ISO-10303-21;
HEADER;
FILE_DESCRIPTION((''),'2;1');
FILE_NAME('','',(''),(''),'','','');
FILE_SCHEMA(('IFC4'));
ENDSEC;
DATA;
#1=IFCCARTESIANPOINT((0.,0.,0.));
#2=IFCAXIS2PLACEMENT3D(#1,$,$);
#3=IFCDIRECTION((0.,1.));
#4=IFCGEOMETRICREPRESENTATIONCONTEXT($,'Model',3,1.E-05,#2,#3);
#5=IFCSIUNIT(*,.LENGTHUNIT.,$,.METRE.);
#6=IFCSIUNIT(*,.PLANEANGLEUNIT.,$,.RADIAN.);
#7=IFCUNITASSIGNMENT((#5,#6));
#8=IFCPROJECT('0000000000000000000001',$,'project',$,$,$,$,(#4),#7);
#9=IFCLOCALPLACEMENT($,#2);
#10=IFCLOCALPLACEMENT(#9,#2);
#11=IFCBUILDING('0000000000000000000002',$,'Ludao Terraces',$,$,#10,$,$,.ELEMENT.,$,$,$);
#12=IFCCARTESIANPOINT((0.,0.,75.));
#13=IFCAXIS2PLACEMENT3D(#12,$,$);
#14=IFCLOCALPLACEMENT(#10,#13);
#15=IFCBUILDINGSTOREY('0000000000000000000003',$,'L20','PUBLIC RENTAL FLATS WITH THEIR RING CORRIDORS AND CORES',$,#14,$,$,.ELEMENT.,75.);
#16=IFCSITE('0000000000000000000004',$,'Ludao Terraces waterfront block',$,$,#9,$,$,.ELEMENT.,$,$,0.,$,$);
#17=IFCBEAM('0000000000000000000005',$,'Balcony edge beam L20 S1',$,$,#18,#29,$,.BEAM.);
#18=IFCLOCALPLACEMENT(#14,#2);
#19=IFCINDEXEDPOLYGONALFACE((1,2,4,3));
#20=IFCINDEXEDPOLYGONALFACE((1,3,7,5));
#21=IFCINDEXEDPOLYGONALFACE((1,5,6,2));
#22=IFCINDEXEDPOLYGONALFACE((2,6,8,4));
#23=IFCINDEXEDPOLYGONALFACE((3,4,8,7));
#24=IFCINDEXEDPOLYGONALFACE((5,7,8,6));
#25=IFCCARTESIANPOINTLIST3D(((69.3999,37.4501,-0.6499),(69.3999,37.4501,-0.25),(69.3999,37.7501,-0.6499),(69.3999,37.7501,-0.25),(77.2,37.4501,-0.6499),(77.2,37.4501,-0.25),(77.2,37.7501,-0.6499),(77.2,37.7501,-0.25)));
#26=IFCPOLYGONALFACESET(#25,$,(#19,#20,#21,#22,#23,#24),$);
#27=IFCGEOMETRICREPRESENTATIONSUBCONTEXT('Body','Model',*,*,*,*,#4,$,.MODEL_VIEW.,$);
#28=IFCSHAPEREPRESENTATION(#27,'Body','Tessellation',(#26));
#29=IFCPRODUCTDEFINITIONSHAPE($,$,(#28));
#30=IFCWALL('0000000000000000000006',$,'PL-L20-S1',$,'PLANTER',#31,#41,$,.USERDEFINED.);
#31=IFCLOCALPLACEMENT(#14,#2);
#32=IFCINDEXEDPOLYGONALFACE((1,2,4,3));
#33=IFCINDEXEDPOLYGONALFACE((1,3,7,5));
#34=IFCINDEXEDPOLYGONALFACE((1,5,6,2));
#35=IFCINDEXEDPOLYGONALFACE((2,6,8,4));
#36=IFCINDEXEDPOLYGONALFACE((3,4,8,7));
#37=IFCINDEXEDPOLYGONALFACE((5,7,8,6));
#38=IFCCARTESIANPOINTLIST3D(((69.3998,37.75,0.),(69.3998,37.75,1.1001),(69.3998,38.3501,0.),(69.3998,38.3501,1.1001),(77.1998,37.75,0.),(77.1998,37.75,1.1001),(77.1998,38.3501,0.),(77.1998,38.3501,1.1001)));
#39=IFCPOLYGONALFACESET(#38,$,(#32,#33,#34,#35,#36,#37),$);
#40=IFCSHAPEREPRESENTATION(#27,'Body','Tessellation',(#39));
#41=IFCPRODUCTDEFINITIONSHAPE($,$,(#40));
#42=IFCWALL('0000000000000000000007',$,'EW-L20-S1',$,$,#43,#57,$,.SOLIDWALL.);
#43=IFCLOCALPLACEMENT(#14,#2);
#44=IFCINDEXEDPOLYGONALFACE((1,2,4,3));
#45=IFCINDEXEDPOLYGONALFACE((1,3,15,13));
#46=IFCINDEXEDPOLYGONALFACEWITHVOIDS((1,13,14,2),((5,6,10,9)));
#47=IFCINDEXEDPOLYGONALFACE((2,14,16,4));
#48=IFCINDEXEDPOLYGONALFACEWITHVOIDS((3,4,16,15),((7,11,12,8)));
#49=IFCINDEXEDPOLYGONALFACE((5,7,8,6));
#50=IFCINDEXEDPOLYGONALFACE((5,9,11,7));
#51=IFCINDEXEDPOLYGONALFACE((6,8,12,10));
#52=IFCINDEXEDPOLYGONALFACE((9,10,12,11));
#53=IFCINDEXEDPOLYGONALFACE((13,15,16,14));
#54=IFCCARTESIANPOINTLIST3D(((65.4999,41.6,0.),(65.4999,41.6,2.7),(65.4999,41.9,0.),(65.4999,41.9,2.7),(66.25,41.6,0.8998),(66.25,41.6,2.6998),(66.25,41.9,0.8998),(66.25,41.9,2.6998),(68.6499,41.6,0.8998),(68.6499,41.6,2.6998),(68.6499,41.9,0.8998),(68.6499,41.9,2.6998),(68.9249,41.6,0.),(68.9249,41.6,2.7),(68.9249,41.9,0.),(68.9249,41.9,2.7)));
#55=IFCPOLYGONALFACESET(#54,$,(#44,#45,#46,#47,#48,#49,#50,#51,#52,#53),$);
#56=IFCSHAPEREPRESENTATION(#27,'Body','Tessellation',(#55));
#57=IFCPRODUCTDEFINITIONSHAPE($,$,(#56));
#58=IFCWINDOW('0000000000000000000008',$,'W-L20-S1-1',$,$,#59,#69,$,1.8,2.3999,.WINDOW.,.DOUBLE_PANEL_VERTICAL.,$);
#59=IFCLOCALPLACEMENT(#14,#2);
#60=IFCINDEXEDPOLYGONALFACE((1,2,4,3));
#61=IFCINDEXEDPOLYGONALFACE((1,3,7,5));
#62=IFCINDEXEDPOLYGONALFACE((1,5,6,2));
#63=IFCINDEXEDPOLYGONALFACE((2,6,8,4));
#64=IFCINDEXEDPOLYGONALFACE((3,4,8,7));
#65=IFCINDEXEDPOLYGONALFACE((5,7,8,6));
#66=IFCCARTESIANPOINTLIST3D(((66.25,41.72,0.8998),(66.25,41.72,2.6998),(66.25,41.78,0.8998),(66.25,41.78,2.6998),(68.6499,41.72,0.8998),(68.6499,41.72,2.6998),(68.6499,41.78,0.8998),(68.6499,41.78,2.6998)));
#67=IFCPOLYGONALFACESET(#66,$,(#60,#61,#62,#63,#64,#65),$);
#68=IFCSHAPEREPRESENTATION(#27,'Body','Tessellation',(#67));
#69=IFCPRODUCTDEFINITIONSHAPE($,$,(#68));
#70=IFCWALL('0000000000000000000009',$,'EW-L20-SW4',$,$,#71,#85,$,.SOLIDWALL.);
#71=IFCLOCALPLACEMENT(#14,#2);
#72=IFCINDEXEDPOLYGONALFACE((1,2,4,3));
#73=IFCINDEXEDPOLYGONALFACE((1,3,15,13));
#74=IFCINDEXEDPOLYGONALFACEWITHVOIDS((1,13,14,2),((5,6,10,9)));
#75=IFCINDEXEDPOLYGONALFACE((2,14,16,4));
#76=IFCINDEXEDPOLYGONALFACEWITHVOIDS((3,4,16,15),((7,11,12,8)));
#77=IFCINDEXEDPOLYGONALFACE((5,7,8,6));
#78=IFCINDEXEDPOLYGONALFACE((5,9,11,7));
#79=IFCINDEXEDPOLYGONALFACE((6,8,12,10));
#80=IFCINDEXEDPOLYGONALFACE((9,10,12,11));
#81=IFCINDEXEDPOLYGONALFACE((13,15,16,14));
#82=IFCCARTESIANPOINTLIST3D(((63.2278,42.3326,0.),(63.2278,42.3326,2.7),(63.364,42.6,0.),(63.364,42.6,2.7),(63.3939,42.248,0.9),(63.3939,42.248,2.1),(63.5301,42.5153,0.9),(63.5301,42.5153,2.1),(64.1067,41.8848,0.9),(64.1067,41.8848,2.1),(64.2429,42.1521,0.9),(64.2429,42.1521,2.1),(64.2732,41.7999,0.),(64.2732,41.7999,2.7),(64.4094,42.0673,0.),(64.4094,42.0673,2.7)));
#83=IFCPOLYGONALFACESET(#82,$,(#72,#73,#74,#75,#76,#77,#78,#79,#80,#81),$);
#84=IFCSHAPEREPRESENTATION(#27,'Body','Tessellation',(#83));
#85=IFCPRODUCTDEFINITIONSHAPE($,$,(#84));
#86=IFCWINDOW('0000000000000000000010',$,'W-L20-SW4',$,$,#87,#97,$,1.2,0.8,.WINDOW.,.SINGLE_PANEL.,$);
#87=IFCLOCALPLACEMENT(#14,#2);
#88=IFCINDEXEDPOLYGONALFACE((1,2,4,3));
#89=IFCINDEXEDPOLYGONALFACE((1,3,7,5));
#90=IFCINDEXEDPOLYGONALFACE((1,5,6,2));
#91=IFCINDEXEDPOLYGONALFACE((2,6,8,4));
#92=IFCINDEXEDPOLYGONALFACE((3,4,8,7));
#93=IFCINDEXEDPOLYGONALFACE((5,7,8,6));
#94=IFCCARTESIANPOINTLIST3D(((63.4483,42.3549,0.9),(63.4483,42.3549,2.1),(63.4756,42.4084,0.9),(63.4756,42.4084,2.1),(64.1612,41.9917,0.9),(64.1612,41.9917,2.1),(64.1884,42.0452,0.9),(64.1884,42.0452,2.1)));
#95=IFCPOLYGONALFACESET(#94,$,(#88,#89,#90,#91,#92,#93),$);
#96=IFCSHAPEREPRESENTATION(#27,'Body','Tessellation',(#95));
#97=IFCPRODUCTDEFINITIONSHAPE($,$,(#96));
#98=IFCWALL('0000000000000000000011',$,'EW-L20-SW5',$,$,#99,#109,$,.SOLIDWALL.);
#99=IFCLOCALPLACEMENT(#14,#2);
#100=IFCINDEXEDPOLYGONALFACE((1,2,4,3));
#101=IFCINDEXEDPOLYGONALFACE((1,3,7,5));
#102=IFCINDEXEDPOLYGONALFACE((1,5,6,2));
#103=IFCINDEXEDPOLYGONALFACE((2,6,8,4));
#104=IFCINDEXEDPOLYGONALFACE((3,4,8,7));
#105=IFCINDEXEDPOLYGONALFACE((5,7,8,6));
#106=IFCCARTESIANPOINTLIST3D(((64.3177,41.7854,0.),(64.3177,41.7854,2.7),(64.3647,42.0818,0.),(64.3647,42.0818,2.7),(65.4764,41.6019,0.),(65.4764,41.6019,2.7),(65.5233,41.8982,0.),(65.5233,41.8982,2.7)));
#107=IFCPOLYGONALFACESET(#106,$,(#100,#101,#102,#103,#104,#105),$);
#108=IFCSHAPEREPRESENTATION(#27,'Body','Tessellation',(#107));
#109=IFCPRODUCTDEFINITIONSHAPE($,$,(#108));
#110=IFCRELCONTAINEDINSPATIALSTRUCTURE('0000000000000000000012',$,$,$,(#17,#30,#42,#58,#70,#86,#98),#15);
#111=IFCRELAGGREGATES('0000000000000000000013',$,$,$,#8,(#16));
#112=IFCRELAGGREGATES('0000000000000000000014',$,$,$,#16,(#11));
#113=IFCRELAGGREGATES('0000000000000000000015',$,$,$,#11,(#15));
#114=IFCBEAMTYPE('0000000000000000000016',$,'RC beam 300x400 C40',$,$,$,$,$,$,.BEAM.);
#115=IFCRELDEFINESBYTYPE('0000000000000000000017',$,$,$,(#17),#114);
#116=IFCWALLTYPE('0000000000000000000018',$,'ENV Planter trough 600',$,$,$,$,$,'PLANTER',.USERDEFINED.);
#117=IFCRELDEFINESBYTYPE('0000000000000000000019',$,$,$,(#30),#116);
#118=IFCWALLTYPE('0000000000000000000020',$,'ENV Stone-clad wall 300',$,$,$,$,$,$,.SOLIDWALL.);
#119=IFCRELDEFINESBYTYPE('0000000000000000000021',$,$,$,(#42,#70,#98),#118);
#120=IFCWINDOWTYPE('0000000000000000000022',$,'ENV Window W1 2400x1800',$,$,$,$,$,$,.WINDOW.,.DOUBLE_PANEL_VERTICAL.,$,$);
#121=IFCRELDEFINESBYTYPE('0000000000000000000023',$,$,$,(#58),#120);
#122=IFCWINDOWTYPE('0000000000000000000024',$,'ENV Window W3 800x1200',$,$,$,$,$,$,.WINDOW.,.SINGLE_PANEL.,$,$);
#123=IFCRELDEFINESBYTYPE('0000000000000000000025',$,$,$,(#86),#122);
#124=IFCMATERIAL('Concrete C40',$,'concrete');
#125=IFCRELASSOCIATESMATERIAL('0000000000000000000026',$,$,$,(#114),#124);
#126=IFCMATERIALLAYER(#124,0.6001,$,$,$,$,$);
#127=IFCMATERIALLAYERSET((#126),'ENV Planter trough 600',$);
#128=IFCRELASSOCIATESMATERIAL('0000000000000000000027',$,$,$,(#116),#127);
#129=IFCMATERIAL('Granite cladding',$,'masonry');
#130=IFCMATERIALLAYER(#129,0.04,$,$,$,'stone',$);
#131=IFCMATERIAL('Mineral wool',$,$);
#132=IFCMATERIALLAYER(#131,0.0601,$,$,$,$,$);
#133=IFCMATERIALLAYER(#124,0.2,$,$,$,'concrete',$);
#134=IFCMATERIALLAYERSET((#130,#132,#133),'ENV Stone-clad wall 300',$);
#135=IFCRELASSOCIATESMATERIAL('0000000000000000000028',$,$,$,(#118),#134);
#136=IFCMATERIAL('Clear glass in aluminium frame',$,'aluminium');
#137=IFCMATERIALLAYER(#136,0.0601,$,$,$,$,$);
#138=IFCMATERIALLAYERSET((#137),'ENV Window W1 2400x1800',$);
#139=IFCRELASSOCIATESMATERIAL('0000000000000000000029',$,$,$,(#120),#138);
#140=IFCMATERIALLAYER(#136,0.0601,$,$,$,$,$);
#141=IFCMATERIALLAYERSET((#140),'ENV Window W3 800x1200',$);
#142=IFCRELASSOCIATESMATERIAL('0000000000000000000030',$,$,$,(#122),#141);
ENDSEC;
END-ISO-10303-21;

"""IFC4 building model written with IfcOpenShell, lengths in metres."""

from ifc_helpers import new_model, si_unit, direction, frame, frame_2d, origin, origin_2d, place, context, subcontext, project, spatial, rectangle, extrude, material, layer, layer_set, material_profile, profile_set, type_object, element, fill, save


model = new_model("IFC4")

# Units and contexts
model_context = context("Model", 3, precision=1e-05, world=origin(), true_north=direction((0.0, 1.0)))
body_context = subcontext(model_context, "Body", "Model", "MODEL_VIEW")
ifc_project = project(units=[si_unit("LENGTHUNIT", "METRE"), si_unit("PLANEANGLEUNIT", "RADIAN")], contexts=[model_context])

# Site, building, storey
site_placement = place(None, origin())
site = spatial("IfcSite", under=ifc_project, at=site_placement, Name="Ludao Terraces waterfront block", CompositionType="ELEMENT", RefElevation=0.0)
building_placement = place(site_placement, origin())
building = spatial("IfcBuilding", under=site, at=building_placement, Name="Ludao Terraces", CompositionType="ELEMENT")
storey_placement = place(building_placement, frame((0.0, 0.0, 75.0)))
storey = spatial("IfcBuildingStorey", under=building, at=storey_placement, Name="L20", Description="PUBLIC RENTAL FLATS WITH THEIR RING CORRIDORS AND CORES", CompositionType="ELEMENT", Elevation=75.0)

# Beam
ifc_material_1 = material(Name="Concrete C40", Category="concrete")
ifc_material_profile = material_profile(ifc_material_1, rectangle(XDim=0.3, YDim=0.3999, at=origin_2d()), Name="300 X 400")
ifc_profile_set = profile_set([ifc_material_profile], Name="Concrete C40")
beam_type = type_object("IfcBeamType", Name="RC beam 300x400 C40", PredefinedType="BEAM", material=ifc_profile_set)
beam_placement = place(storey_placement, frame((69.3999, 37.6001, -0.45), z_axis=(1.0, 0.0, 0.0), x_axis=(0.0, 1.0, 0.0)))
element("IfcBeam", 1, at=beam_placement, inside=storey, type_object=beam_type, Name="Balcony edge beam L20 S1", PredefinedType="BEAM", context=body_context, shape_type="SweptSolid", body=[
    extrude(rectangle(XDim=0.3, YDim=0.3999, at=origin_2d()), origin(), (0.0, 0.0, 1.0), 7.8),
])

# Wall
ifc_layer_1 = layer(ifc_material_1, 0.6001)
ifc_layer_set_1 = layer_set([ifc_layer_1], Name="ENV Planter trough 600")
wall_type_1 = type_object("IfcWallType", Name="ENV Planter trough 600", ElementType="PLANTER", PredefinedType="USERDEFINED", material=ifc_layer_set_1)
wall_1_placement = place(storey_placement, frame((69.3999, 38.05, 0.0), z_axis=(0.0, 0.0, 1.0), x_axis=(1.0, 0.0, 0.0)))
element("IfcWall", 2, at=wall_1_placement, inside=storey, type_object=wall_type_1, Name="PL-L20-S1", ObjectType="PLANTER", PredefinedType="USERDEFINED", context=body_context, shape_type="SweptSolid", body=[
    extrude(rectangle(XDim=7.8, YDim=0.6001, at=frame_2d((3.8999, 0.0))), origin(), (0.0, 0.0, 1.0), 1.1001),
])

# Walls, openings, windows
ifc_material_2 = material(Name="Granite cladding", Category="masonry")
ifc_layer_2 = layer(ifc_material_2, 0.04, Category="stone")
ifc_material_3 = material(Name="Mineral wool")
ifc_layer_3 = layer(ifc_material_3, 0.0601)
ifc_layer_4 = layer(ifc_material_1, 0.2, Category="concrete")
ifc_layer_set_2 = layer_set([ifc_layer_2, ifc_layer_3, ifc_layer_4], Name="ENV Stone-clad wall 300")
wall_type_2 = type_object("IfcWallType", Name="ENV Stone-clad wall 300", PredefinedType="SOLIDWALL", material=ifc_layer_set_2)
wall_2_placement = place(storey_placement, frame((65.5, 41.75, 0.0), z_axis=(0.0, 0.0, 1.0), x_axis=(1.0, 0.0, 0.0)))
wall_2 = element("IfcWall", 3, at=wall_2_placement, inside=storey, type_object=wall_type_2, Name="EW-L20-S1", PredefinedType="SOLIDWALL", context=body_context, shape_type="SweptSolid", body=[
    extrude(rectangle(XDim=3.425, YDim=0.3, at=frame_2d((1.7124, 0.0))), origin(), (0.0, 0.0, 1.0), 2.7),
])
opening_1_placement = place(wall_2_placement, frame((0.75, 0.0, 0.8999)))
opening_1 = element("IfcOpeningElement", 4, at=opening_1_placement, cuts=wall_2, PredefinedType="OPENING", context=body_context, shape_type="SweptSolid", body=[
    extrude(rectangle(XDim=2.3999, YDim=1.8, at=frame_2d((1.2, 0.8999))), frame((0.0, 0.1602, 0.0), z_axis=(0.0, -1.0, 0.0), x_axis=(1.0, 0.0, 0.0)), (0.0, 0.0, 1.0), 0.3201),
])
ifc_material_4 = material(Name="Clear glass in aluminium frame", Category="aluminium")
ifc_layer_5 = layer(ifc_material_4, 0.0601)
ifc_layer_set_3 = layer_set([ifc_layer_5], Name="ENV Window W1 2400x1800")
window_type_1 = type_object("IfcWindowType", Name="ENV Window W1 2400x1800", PartitioningType="DOUBLE_PANEL_VERTICAL", PredefinedType="WINDOW", material=ifc_layer_set_3)
window_1_placement = place(opening_1_placement, origin())
window_1 = element("IfcWindow", 5, at=window_1_placement, inside=storey, type_object=window_type_1, Name="W-L20-S1-1", OverallHeight=1.8, OverallWidth=2.3999, PartitioningType="DOUBLE_PANEL_VERTICAL", PredefinedType="WINDOW", context=body_context, shape_type="SweptSolid", body=[
    extrude(rectangle(XDim=2.3999, YDim=1.8, at=frame_2d((1.2, 0.8999))), frame((0.0, 0.03, 0.0), z_axis=(0.0, -1.0, 0.0), x_axis=(1.0, 0.0, 0.0)), (0.0, 0.0, 1.0), 0.0601),
])
fill(opening_1, window_1)
wall_3_placement = place(storey_placement, frame((63.2959, 42.4663, 0.0), z_axis=(0.0, 0.0, 1.0), x_axis=(0.890989, -0.454026, 0.0)))
wall_3 = element("IfcWall", 6, at=wall_3_placement, inside=storey, type_object=wall_type_2, Name="EW-L20-SW4", PredefinedType="SOLIDWALL", context=body_context, shape_type="SweptSolid", body=[
    extrude(rectangle(XDim=1.1733, YDim=0.3, at=frame_2d((0.5867, 0.0))), origin(), (0.0, 0.0, 1.0), 2.7),
])
opening_2_placement = place(wall_3_placement, frame((0.1865, 0.0, 0.8999)))
opening_2 = element("IfcOpeningElement", 7, at=opening_2_placement, cuts=wall_3, PredefinedType="OPENING", context=body_context, shape_type="SweptSolid", body=[
    extrude(rectangle(XDim=0.8, YDim=1.2, at=frame_2d((0.3999, 0.6001))), frame((0.0, 0.1602, 0.0), z_axis=(0.0, -1.0, 0.0), x_axis=(1.0, 0.0, 0.0)), (0.0, 0.0, 1.0), 0.3201),
])
ifc_layer_6 = layer(ifc_material_4, 0.0601)
ifc_layer_set_4 = layer_set([ifc_layer_6], Name="ENV Window W3 800x1200")
window_type_2 = type_object("IfcWindowType", Name="ENV Window W3 800x1200", PartitioningType="SINGLE_PANEL", PredefinedType="WINDOW", material=ifc_layer_set_4)
window_2_placement = place(opening_2_placement, origin())
window_2 = element("IfcWindow", 8, at=window_2_placement, inside=storey, type_object=window_type_2, Name="W-L20-SW4", OverallHeight=1.2, OverallWidth=0.8, PartitioningType="SINGLE_PANEL", PredefinedType="WINDOW", context=body_context, shape_type="SweptSolid", body=[
    extrude(rectangle(XDim=0.8, YDim=1.2, at=frame_2d((0.3999, 0.6001))), frame((0.0, 0.03, 0.0), z_axis=(0.0, -1.0, 0.0), x_axis=(1.0, 0.0, 0.0)), (0.0, 0.0, 1.0), 0.0601),
])
fill(opening_2, window_2)

# Wall
wall_4_placement = place(storey_placement, frame((64.3413, 41.9336, 0.0), z_axis=(0.0, 0.0, 1.0), x_axis=(0.987678, -0.156497, 0.0)))
element("IfcWall", 9, at=wall_4_placement, inside=storey, type_object=wall_type_2, Name="EW-L20-SW5", PredefinedType="SOLIDWALL", context=body_context, shape_type="SweptSolid", body=[
    extrude(rectangle(XDim=1.1731, YDim=0.3, at=frame_2d((0.5864, 0.0))), origin(), (0.0, 0.0, 1.0), 2.7),
])

save(model, "model.ifc")
